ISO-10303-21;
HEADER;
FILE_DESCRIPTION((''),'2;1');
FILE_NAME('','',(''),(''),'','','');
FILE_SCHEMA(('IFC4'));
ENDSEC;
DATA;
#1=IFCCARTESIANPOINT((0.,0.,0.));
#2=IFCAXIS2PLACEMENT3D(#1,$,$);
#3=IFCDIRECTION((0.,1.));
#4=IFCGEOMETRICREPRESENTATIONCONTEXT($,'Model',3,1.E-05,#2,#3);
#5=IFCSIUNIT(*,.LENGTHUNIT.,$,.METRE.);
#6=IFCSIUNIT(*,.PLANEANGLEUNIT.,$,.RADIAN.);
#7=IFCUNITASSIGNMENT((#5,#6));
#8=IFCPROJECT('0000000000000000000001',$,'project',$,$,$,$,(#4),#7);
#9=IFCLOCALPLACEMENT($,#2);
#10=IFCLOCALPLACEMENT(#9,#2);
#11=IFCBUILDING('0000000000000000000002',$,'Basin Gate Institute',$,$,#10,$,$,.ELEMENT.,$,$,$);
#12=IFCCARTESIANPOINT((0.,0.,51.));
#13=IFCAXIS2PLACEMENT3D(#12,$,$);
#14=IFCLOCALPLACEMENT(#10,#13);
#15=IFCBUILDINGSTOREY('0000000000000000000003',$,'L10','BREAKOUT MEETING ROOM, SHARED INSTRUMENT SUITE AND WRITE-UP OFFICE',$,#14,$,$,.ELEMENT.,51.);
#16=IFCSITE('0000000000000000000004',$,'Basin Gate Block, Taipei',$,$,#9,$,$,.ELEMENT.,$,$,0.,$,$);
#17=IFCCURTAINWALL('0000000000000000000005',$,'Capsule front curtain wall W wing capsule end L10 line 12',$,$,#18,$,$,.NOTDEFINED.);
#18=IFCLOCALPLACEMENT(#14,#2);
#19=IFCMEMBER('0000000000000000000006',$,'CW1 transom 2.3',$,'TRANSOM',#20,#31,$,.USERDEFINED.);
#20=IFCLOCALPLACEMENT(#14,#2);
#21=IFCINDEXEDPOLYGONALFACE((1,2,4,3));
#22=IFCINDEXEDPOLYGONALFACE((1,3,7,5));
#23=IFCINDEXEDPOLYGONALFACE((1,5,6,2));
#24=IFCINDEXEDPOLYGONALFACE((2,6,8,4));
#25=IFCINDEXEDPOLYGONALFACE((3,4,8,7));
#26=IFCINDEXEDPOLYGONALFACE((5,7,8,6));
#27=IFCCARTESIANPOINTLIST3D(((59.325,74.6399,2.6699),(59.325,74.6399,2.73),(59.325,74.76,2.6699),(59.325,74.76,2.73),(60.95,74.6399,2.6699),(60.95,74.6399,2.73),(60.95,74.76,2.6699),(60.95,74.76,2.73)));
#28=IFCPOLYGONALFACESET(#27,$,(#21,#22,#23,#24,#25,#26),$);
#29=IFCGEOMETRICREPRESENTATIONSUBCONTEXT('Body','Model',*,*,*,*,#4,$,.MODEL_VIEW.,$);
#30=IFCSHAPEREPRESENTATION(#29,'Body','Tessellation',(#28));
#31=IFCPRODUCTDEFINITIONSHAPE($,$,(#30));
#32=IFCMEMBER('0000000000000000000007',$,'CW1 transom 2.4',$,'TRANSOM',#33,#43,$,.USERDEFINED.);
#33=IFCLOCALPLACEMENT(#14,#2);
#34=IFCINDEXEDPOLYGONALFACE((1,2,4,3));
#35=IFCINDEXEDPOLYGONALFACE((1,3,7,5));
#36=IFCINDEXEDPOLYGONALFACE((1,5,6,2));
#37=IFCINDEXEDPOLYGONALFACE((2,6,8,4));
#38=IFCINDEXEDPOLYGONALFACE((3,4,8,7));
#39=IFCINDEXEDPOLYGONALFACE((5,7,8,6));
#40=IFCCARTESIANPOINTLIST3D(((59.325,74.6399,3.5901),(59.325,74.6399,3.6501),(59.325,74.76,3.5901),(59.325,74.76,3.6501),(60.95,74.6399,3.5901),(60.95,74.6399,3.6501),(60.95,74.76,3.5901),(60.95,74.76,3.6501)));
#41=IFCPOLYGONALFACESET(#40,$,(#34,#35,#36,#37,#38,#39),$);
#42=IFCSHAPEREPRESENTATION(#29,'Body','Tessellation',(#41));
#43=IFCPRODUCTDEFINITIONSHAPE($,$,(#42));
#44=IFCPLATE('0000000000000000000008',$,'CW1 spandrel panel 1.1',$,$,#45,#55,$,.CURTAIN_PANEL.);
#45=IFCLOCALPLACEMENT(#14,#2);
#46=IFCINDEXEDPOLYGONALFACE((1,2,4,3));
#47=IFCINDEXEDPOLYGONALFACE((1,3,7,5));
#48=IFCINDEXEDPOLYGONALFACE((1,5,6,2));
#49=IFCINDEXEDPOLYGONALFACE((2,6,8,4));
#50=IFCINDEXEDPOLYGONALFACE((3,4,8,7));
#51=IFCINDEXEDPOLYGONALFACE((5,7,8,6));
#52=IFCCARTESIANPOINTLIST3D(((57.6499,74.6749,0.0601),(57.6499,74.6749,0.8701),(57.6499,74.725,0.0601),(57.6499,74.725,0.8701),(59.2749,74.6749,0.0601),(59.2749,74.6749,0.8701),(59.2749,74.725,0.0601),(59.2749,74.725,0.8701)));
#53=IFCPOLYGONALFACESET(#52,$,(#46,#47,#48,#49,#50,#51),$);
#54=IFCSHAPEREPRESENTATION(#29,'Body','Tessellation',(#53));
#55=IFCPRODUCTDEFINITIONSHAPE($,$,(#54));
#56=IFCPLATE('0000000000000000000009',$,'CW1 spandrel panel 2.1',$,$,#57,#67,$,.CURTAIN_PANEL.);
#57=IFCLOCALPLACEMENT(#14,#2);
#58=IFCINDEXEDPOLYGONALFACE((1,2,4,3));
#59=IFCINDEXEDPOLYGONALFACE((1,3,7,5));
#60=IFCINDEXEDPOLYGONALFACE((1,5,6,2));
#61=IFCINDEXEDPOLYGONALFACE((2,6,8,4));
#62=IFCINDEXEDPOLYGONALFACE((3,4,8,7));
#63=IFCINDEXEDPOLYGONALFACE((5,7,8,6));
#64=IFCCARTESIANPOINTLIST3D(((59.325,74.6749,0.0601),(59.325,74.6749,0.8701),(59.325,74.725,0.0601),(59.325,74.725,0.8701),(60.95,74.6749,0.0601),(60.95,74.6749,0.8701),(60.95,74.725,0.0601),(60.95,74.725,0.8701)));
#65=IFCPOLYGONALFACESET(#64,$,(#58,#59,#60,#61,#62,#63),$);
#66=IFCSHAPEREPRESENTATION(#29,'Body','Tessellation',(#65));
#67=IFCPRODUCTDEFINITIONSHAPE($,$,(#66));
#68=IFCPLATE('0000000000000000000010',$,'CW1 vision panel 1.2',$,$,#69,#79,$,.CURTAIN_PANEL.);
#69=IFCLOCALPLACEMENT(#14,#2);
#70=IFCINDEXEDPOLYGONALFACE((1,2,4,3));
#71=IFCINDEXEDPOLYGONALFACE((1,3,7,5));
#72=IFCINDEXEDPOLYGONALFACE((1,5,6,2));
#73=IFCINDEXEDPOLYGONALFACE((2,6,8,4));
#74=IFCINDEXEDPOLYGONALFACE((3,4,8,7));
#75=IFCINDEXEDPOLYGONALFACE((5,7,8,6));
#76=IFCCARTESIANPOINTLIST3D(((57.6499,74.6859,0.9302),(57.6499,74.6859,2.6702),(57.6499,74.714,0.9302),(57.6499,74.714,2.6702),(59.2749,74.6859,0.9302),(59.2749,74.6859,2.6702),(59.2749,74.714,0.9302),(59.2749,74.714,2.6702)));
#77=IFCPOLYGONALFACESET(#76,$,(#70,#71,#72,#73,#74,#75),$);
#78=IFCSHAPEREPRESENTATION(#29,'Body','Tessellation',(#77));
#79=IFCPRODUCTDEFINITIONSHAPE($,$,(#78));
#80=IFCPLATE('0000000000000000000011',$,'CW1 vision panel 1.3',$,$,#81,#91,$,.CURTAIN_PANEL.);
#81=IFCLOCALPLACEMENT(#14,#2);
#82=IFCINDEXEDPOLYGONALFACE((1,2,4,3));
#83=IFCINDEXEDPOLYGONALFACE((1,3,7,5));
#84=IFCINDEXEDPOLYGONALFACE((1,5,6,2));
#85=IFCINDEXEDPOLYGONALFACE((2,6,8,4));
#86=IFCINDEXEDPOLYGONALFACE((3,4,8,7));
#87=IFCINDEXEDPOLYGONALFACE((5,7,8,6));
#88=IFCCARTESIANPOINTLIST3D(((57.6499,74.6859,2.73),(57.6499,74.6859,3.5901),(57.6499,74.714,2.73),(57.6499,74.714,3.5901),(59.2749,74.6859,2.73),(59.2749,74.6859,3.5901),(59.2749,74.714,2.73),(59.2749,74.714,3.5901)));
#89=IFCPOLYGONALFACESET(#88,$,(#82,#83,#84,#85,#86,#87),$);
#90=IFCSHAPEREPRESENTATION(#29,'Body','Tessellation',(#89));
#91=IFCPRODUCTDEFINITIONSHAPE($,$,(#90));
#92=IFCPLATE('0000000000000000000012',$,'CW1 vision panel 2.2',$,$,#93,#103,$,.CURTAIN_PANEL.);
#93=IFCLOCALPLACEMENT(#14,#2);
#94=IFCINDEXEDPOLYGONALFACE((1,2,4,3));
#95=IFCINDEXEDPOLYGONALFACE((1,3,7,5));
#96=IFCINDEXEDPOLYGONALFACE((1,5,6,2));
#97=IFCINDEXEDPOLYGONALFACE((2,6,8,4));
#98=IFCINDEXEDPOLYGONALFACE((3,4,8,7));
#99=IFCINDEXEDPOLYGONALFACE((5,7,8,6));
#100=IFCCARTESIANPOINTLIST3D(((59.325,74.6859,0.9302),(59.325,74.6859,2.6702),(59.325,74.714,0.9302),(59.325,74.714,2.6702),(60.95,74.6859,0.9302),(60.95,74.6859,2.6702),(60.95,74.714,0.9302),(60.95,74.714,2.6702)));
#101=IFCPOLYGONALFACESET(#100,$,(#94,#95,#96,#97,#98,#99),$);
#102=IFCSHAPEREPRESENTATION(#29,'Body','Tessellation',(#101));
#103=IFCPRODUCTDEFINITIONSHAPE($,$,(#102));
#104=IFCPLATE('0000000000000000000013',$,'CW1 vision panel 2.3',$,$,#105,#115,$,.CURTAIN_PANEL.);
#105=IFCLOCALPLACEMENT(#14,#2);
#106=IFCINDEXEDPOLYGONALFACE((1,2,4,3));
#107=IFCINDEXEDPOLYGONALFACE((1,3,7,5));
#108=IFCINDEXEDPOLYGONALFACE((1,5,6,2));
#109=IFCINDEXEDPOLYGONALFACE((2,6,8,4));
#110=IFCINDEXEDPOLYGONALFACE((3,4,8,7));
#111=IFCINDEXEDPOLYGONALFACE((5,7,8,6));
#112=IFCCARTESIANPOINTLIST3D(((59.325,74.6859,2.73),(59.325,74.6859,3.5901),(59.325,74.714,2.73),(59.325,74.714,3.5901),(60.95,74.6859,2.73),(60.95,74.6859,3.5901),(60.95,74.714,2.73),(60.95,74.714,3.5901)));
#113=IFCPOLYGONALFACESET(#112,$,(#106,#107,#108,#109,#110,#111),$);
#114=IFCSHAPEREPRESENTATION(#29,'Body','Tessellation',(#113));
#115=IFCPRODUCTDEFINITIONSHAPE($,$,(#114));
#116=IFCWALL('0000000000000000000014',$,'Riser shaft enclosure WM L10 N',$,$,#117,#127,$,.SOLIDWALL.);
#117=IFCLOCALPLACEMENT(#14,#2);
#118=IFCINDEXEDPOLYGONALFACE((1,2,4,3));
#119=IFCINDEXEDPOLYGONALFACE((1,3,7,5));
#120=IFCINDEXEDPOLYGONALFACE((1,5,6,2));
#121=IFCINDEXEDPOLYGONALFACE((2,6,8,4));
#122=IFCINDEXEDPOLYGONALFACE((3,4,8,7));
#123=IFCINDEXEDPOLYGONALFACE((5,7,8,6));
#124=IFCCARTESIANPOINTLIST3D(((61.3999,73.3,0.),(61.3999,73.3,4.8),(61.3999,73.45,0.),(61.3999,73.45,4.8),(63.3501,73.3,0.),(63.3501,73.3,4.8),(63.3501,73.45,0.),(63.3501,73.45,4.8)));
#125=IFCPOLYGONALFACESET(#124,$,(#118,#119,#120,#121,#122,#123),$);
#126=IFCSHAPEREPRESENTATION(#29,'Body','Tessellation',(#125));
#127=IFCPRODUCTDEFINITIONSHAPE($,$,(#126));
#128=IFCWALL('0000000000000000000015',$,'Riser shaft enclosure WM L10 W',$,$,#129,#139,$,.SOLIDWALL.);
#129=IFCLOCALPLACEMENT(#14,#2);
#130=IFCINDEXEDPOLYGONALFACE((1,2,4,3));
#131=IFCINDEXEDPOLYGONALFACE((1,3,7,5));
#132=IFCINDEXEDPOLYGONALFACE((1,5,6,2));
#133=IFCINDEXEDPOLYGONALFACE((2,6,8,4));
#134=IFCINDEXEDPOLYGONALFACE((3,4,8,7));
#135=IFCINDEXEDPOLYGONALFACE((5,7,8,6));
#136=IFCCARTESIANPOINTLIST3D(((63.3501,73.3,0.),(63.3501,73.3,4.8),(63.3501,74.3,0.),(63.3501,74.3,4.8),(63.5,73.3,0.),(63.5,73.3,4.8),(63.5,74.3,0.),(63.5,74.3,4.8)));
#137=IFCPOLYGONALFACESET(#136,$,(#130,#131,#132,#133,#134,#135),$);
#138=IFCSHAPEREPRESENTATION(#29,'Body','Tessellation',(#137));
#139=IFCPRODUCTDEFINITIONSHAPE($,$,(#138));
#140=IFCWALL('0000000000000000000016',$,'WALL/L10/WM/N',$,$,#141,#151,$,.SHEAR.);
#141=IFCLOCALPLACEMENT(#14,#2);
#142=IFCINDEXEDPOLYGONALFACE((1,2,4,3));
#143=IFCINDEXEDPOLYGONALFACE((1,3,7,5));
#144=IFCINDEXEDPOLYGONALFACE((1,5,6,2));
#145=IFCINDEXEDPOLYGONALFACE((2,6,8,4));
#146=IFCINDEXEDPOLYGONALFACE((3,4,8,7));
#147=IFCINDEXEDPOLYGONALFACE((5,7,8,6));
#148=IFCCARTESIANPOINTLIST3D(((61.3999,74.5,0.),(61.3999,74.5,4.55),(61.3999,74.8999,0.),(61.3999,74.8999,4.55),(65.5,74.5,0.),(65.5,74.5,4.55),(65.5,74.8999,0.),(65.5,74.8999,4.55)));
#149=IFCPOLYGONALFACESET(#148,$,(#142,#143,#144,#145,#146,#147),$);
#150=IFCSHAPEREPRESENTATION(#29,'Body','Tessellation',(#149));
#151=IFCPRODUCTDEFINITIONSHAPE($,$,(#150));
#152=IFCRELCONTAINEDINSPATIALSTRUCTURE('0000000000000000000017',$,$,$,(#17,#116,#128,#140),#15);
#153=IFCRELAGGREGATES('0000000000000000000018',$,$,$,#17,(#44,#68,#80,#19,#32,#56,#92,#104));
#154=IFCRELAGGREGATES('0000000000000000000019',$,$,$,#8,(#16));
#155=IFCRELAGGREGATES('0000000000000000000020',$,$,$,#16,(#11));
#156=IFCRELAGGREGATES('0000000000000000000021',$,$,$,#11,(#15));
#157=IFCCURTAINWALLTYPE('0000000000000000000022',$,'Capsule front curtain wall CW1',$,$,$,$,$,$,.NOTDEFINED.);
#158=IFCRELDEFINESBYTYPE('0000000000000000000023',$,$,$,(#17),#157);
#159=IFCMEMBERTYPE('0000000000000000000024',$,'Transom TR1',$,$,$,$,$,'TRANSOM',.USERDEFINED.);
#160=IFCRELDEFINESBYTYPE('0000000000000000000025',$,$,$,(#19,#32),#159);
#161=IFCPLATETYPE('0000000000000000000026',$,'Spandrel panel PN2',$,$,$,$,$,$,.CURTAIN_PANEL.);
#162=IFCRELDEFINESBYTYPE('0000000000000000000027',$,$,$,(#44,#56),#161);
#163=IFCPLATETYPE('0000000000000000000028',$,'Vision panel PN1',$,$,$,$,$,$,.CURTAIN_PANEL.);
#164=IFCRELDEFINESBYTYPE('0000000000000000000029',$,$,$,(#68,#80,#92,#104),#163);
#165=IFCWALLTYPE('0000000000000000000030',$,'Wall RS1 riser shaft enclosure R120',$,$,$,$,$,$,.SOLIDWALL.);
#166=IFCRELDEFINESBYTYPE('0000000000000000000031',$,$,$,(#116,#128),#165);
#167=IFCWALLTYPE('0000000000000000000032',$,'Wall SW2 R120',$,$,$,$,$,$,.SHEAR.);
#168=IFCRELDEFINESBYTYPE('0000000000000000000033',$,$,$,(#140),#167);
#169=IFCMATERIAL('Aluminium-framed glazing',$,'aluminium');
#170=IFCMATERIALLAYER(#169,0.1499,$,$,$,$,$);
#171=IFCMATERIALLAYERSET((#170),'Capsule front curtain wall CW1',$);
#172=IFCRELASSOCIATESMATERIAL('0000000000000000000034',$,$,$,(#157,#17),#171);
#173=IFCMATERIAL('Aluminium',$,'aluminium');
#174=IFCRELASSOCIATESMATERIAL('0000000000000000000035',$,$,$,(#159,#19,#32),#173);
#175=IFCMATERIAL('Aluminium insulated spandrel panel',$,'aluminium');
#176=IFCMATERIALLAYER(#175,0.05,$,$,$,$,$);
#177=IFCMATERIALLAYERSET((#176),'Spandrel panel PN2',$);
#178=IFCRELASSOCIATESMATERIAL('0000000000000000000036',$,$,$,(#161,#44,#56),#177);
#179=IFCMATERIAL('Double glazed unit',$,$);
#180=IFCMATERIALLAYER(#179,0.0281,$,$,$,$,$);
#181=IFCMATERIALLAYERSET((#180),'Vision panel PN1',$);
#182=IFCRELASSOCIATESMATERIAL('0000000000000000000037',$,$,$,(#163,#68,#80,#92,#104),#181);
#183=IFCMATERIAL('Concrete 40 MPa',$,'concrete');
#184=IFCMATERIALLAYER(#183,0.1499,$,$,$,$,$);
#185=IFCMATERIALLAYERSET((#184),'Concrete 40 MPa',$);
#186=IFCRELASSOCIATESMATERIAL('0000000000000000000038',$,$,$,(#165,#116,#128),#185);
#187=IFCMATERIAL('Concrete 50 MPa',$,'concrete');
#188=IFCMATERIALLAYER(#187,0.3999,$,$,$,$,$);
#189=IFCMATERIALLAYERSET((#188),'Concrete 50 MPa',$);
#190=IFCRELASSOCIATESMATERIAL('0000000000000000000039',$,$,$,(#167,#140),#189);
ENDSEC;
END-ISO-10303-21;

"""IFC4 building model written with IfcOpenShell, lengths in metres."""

from ifc_helpers import new_model, si_unit, direction, frame, frame_2d, origin, origin_2d, place, context, subcontext, project, spatial, rectangle, extrude, material, layer, layer_set, material_profile, profile_set, type_object, element, aggregate, save


model = new_model("IFC4")

# Units and contexts
model_context = context("Model", 3, precision=1e-05, world=origin(), true_north=direction((0.0, 1.0)))
body_context = subcontext(model_context, "Body", "Model", "MODEL_VIEW")
ifc_project = project(units=[si_unit("LENGTHUNIT", "METRE"), si_unit("PLANEANGLEUNIT", "RADIAN")], contexts=[model_context])

# Site, building, storey
site_placement = place(None, origin())
site = spatial("IfcSite", under=ifc_project, at=site_placement, Name="Basin Gate Block, Taipei", CompositionType="ELEMENT", RefElevation=0.0)
building_placement = place(site_placement, origin())
building = spatial("IfcBuilding", under=site, at=building_placement, Name="Basin Gate Institute", CompositionType="ELEMENT")
storey_placement = place(building_placement, frame((0.0, 0.0, 51.0)))
storey = spatial("IfcBuildingStorey", under=building, at=storey_placement, Name="L10", Description="BREAKOUT MEETING ROOM, SHARED INSTRUMENT SUITE AND WRITE-UP OFFICE", CompositionType="ELEMENT", Elevation=51.0)

# Curtain wall
ifc_material_1 = material(Name="Aluminium-framed glazing", Category="aluminium")
ifc_layer_1 = layer(ifc_material_1, 0.1499)
ifc_layer_set_1 = layer_set([ifc_layer_1], Name="Capsule front curtain wall CW1")
curtain_wall_type = type_object("IfcCurtainWallType", Name="Capsule front curtain wall CW1", PredefinedType="NOTDEFINED", material=ifc_layer_set_1)
curtain_wall_placement = place(storey_placement, origin())
curtain_wall = element("IfcCurtainWall", 1, at=curtain_wall_placement, inside=storey, type_object=curtain_wall_type, material=ifc_layer_set_1, Name="Capsule front curtain wall W wing capsule end L10 line 12", PredefinedType="NOTDEFINED")

# Members
ifc_material_2 = material(Name="Aluminium", Category="aluminium")
ifc_material_profile_1 = material_profile(ifc_material_2, rectangle(XDim=0.1201, YDim=0.0601, at=origin_2d()), Name="Transom TR1 120 x 60")
ifc_profile_set_1 = profile_set([ifc_material_profile_1], Name="Aluminium")
member_type_1 = type_object("IfcMemberType", Name="Transom TR1", ElementType="TRANSOM", PredefinedType="USERDEFINED", material=ifc_profile_set_1)
member_1_placement = place(storey_placement, frame((59.325, 74.7, 2.7), z_axis=(1.0, 0.0, 0.0), x_axis=(0.0, 1.0, 0.0)))
member_1 = element("IfcMember", 2, at=member_1_placement, type_object=member_type_1, material=ifc_profile_set_1, Name="CW1 transom 2.3", ObjectType="TRANSOM", PredefinedType="USERDEFINED", context=body_context, shape_type="SweptSolid", body=[
    extrude(rectangle(XDim=0.1201, YDim=0.0601, at=origin_2d()), origin(), (0.0, 0.0, 1.0), 1.625),
])
member_2_placement = place(storey_placement, frame((59.325, 74.7, 3.6201), z_axis=(1.0, 0.0, 0.0), x_axis=(0.0, 1.0, 0.0)))
member_2 = element("IfcMember", 3, at=member_2_placement, type_object=member_type_1, material=ifc_profile_set_1, Name="CW1 transom 2.4", ObjectType="TRANSOM", PredefinedType="USERDEFINED", context=body_context, shape_type="SweptSolid", body=[
    extrude(rectangle(XDim=0.1201, YDim=0.0601, at=origin_2d()), origin(), (0.0, 0.0, 1.0), 1.625),
])

# Plates
ifc_material_3 = material(Name="Aluminium insulated spandrel panel", Category="aluminium")
ifc_layer_2 = layer(ifc_material_3, 0.05)
ifc_layer_set_2 = layer_set([ifc_layer_2], Name="Spandrel panel PN2")
plate_type_1 = type_object("IfcPlateType", Name="Spandrel panel PN2", PredefinedType="CURTAIN_PANEL", material=ifc_layer_set_2)
plate_1_placement = place(storey_placement, frame((58.4624, 74.7, 0.0601), z_axis=(0.0, 0.0, 1.0), x_axis=(1.0, 0.0, 0.0)))
plate_1 = element("IfcPlate", 4, at=plate_1_placement, type_object=plate_type_1, material=ifc_layer_set_2, Name="CW1 spandrel panel 1.1", PredefinedType="CURTAIN_PANEL", context=body_context, shape_type="SweptSolid", body=[
    extrude(rectangle(XDim=1.625, YDim=0.05, at=origin_2d()), origin(), (0.0, 0.0, 1.0), 0.8101),
])
plate_2_placement = place(storey_placement, frame((60.1375, 74.7, 0.0601), z_axis=(0.0, 0.0, 1.0), x_axis=(1.0, 0.0, 0.0)))
plate_2 = element("IfcPlate", 5, at=plate_2_placement, type_object=plate_type_1, material=ifc_layer_set_2, Name="CW1 spandrel panel 2.1", PredefinedType="CURTAIN_PANEL", context=body_context, shape_type="SweptSolid", body=[
    extrude(rectangle(XDim=1.625, YDim=0.05, at=origin_2d()), origin(), (0.0, 0.0, 1.0), 0.8101),
])
ifc_material_4 = material(Name="Double glazed unit")
ifc_layer_3 = layer(ifc_material_4, 0.0281)
ifc_layer_set_3 = layer_set([ifc_layer_3], Name="Vision panel PN1")
plate_type_2 = type_object("IfcPlateType", Name="Vision panel PN1", PredefinedType="CURTAIN_PANEL", material=ifc_layer_set_3)
plate_3_placement = place(storey_placement, frame((58.4624, 74.7, 0.9302), z_axis=(0.0, 0.0, 1.0), x_axis=(1.0, 0.0, 0.0)))
plate_3 = element("IfcPlate", 6, at=plate_3_placement, type_object=plate_type_2, material=ifc_layer_set_3, Name="CW1 vision panel 1.2", PredefinedType="CURTAIN_PANEL", context=body_context, shape_type="SweptSolid", body=[
    extrude(rectangle(XDim=1.625, YDim=0.0281, at=origin_2d()), origin(), (0.0, 0.0, 1.0), 1.74),
])
plate_4_placement = place(storey_placement, frame((58.4624, 74.7, 2.73), z_axis=(0.0, 0.0, 1.0), x_axis=(1.0, 0.0, 0.0)))
plate_4 = element("IfcPlate", 7, at=plate_4_placement, type_object=plate_type_2, material=ifc_layer_set_3, Name="CW1 vision panel 1.3", PredefinedType="CURTAIN_PANEL", context=body_context, shape_type="SweptSolid", body=[
    extrude(rectangle(XDim=1.625, YDim=0.0281, at=origin_2d()), origin(), (0.0, 0.0, 1.0), 0.8601),
])
plate_5_placement = place(storey_placement, frame((60.1375, 74.7, 0.9302), z_axis=(0.0, 0.0, 1.0), x_axis=(1.0, 0.0, 0.0)))
plate_5 = element("IfcPlate", 8, at=plate_5_placement, type_object=plate_type_2, material=ifc_layer_set_3, Name="CW1 vision panel 2.2", PredefinedType="CURTAIN_PANEL", context=body_context, shape_type="SweptSolid", body=[
    extrude(rectangle(XDim=1.625, YDim=0.0281, at=origin_2d()), origin(), (0.0, 0.0, 1.0), 1.74),
])
plate_6_placement = place(storey_placement, frame((60.1375, 74.7, 2.73), z_axis=(0.0, 0.0, 1.0), x_axis=(1.0, 0.0, 0.0)))
plate_6 = element("IfcPlate", 9, at=plate_6_placement, type_object=plate_type_2, material=ifc_layer_set_3, Name="CW1 vision panel 2.3", PredefinedType="CURTAIN_PANEL", context=body_context, shape_type="SweptSolid", body=[
    extrude(rectangle(XDim=1.625, YDim=0.0281, at=origin_2d()), origin(), (0.0, 0.0, 1.0), 0.8601),
])
aggregate(curtain_wall, [plate_1, plate_3, plate_4, member_1, member_2, plate_2, plate_5, plate_6])

# Walls
ifc_material_5 = material(Name="Concrete 40 MPa", Category="concrete")
ifc_layer_4 = layer(ifc_material_5, 0.1499)
ifc_layer_set_4 = layer_set([ifc_layer_4], Name="Concrete 40 MPa")
wall_type_1 = type_object("IfcWallType", Name="Wall RS1 riser shaft enclosure R120", PredefinedType="SOLIDWALL", material=ifc_layer_set_4)
wall_1_placement = place(storey_placement, frame((61.3999, 73.375, 0.0), z_axis=(0.0, 0.0, 1.0), x_axis=(1.0, 0.0, 0.0)))
element("IfcWall", 10, at=wall_1_placement, inside=storey, type_object=wall_type_1, material=ifc_layer_set_4, Name="Riser shaft enclosure WM L10 N", PredefinedType="SOLIDWALL", context=body_context, shape_type="SweptSolid", body=[
    extrude(rectangle(XDim=1.9502, YDim=0.1499, at=frame_2d((0.9751, 0.0))), origin(), (0.0, 0.0, 1.0), 4.8),
])
wall_2_placement = place(storey_placement, frame((63.425, 73.3, 0.0), z_axis=(0.0, 0.0, 1.0), x_axis=(0.0, 1.0, 0.0)))
element("IfcWall", 11, at=wall_2_placement, inside=storey, type_object=wall_type_1, material=ifc_layer_set_4, Name="Riser shaft enclosure WM L10 W", PredefinedType="SOLIDWALL", context=body_context, shape_type="SweptSolid", body=[
    extrude(rectangle(XDim=1.0, YDim=0.1499, at=frame_2d((0.5, 0.0))), origin(), (0.0, 0.0, 1.0), 4.8),
])
ifc_material_6 = material(Name="Concrete 50 MPa", Category="concrete")
ifc_layer_5 = layer(ifc_material_6, 0.3999)
ifc_layer_set_5 = layer_set([ifc_layer_5], Name="Concrete 50 MPa")
wall_type_2 = type_object("IfcWallType", Name="Wall SW2 R120", PredefinedType="SHEAR", material=ifc_layer_set_5)
wall_3_placement = place(storey_placement, frame((61.3999, 74.7, 0.0), z_axis=(0.0, 0.0, 1.0), x_axis=(1.0, 0.0, 0.0)))
element("IfcWall", 12, at=wall_3_placement, inside=storey, type_object=wall_type_2, material=ifc_layer_set_5, Name="WALL/L10/WM/N", PredefinedType="SHEAR", context=body_context, shape_type="SweptSolid", body=[
    extrude(rectangle(XDim=4.1001, YDim=0.3999, at=frame_2d((2.05, 0.0))), origin(), (0.0, 0.0, 1.0), 4.55),
])

save(model, "model.ifc")
